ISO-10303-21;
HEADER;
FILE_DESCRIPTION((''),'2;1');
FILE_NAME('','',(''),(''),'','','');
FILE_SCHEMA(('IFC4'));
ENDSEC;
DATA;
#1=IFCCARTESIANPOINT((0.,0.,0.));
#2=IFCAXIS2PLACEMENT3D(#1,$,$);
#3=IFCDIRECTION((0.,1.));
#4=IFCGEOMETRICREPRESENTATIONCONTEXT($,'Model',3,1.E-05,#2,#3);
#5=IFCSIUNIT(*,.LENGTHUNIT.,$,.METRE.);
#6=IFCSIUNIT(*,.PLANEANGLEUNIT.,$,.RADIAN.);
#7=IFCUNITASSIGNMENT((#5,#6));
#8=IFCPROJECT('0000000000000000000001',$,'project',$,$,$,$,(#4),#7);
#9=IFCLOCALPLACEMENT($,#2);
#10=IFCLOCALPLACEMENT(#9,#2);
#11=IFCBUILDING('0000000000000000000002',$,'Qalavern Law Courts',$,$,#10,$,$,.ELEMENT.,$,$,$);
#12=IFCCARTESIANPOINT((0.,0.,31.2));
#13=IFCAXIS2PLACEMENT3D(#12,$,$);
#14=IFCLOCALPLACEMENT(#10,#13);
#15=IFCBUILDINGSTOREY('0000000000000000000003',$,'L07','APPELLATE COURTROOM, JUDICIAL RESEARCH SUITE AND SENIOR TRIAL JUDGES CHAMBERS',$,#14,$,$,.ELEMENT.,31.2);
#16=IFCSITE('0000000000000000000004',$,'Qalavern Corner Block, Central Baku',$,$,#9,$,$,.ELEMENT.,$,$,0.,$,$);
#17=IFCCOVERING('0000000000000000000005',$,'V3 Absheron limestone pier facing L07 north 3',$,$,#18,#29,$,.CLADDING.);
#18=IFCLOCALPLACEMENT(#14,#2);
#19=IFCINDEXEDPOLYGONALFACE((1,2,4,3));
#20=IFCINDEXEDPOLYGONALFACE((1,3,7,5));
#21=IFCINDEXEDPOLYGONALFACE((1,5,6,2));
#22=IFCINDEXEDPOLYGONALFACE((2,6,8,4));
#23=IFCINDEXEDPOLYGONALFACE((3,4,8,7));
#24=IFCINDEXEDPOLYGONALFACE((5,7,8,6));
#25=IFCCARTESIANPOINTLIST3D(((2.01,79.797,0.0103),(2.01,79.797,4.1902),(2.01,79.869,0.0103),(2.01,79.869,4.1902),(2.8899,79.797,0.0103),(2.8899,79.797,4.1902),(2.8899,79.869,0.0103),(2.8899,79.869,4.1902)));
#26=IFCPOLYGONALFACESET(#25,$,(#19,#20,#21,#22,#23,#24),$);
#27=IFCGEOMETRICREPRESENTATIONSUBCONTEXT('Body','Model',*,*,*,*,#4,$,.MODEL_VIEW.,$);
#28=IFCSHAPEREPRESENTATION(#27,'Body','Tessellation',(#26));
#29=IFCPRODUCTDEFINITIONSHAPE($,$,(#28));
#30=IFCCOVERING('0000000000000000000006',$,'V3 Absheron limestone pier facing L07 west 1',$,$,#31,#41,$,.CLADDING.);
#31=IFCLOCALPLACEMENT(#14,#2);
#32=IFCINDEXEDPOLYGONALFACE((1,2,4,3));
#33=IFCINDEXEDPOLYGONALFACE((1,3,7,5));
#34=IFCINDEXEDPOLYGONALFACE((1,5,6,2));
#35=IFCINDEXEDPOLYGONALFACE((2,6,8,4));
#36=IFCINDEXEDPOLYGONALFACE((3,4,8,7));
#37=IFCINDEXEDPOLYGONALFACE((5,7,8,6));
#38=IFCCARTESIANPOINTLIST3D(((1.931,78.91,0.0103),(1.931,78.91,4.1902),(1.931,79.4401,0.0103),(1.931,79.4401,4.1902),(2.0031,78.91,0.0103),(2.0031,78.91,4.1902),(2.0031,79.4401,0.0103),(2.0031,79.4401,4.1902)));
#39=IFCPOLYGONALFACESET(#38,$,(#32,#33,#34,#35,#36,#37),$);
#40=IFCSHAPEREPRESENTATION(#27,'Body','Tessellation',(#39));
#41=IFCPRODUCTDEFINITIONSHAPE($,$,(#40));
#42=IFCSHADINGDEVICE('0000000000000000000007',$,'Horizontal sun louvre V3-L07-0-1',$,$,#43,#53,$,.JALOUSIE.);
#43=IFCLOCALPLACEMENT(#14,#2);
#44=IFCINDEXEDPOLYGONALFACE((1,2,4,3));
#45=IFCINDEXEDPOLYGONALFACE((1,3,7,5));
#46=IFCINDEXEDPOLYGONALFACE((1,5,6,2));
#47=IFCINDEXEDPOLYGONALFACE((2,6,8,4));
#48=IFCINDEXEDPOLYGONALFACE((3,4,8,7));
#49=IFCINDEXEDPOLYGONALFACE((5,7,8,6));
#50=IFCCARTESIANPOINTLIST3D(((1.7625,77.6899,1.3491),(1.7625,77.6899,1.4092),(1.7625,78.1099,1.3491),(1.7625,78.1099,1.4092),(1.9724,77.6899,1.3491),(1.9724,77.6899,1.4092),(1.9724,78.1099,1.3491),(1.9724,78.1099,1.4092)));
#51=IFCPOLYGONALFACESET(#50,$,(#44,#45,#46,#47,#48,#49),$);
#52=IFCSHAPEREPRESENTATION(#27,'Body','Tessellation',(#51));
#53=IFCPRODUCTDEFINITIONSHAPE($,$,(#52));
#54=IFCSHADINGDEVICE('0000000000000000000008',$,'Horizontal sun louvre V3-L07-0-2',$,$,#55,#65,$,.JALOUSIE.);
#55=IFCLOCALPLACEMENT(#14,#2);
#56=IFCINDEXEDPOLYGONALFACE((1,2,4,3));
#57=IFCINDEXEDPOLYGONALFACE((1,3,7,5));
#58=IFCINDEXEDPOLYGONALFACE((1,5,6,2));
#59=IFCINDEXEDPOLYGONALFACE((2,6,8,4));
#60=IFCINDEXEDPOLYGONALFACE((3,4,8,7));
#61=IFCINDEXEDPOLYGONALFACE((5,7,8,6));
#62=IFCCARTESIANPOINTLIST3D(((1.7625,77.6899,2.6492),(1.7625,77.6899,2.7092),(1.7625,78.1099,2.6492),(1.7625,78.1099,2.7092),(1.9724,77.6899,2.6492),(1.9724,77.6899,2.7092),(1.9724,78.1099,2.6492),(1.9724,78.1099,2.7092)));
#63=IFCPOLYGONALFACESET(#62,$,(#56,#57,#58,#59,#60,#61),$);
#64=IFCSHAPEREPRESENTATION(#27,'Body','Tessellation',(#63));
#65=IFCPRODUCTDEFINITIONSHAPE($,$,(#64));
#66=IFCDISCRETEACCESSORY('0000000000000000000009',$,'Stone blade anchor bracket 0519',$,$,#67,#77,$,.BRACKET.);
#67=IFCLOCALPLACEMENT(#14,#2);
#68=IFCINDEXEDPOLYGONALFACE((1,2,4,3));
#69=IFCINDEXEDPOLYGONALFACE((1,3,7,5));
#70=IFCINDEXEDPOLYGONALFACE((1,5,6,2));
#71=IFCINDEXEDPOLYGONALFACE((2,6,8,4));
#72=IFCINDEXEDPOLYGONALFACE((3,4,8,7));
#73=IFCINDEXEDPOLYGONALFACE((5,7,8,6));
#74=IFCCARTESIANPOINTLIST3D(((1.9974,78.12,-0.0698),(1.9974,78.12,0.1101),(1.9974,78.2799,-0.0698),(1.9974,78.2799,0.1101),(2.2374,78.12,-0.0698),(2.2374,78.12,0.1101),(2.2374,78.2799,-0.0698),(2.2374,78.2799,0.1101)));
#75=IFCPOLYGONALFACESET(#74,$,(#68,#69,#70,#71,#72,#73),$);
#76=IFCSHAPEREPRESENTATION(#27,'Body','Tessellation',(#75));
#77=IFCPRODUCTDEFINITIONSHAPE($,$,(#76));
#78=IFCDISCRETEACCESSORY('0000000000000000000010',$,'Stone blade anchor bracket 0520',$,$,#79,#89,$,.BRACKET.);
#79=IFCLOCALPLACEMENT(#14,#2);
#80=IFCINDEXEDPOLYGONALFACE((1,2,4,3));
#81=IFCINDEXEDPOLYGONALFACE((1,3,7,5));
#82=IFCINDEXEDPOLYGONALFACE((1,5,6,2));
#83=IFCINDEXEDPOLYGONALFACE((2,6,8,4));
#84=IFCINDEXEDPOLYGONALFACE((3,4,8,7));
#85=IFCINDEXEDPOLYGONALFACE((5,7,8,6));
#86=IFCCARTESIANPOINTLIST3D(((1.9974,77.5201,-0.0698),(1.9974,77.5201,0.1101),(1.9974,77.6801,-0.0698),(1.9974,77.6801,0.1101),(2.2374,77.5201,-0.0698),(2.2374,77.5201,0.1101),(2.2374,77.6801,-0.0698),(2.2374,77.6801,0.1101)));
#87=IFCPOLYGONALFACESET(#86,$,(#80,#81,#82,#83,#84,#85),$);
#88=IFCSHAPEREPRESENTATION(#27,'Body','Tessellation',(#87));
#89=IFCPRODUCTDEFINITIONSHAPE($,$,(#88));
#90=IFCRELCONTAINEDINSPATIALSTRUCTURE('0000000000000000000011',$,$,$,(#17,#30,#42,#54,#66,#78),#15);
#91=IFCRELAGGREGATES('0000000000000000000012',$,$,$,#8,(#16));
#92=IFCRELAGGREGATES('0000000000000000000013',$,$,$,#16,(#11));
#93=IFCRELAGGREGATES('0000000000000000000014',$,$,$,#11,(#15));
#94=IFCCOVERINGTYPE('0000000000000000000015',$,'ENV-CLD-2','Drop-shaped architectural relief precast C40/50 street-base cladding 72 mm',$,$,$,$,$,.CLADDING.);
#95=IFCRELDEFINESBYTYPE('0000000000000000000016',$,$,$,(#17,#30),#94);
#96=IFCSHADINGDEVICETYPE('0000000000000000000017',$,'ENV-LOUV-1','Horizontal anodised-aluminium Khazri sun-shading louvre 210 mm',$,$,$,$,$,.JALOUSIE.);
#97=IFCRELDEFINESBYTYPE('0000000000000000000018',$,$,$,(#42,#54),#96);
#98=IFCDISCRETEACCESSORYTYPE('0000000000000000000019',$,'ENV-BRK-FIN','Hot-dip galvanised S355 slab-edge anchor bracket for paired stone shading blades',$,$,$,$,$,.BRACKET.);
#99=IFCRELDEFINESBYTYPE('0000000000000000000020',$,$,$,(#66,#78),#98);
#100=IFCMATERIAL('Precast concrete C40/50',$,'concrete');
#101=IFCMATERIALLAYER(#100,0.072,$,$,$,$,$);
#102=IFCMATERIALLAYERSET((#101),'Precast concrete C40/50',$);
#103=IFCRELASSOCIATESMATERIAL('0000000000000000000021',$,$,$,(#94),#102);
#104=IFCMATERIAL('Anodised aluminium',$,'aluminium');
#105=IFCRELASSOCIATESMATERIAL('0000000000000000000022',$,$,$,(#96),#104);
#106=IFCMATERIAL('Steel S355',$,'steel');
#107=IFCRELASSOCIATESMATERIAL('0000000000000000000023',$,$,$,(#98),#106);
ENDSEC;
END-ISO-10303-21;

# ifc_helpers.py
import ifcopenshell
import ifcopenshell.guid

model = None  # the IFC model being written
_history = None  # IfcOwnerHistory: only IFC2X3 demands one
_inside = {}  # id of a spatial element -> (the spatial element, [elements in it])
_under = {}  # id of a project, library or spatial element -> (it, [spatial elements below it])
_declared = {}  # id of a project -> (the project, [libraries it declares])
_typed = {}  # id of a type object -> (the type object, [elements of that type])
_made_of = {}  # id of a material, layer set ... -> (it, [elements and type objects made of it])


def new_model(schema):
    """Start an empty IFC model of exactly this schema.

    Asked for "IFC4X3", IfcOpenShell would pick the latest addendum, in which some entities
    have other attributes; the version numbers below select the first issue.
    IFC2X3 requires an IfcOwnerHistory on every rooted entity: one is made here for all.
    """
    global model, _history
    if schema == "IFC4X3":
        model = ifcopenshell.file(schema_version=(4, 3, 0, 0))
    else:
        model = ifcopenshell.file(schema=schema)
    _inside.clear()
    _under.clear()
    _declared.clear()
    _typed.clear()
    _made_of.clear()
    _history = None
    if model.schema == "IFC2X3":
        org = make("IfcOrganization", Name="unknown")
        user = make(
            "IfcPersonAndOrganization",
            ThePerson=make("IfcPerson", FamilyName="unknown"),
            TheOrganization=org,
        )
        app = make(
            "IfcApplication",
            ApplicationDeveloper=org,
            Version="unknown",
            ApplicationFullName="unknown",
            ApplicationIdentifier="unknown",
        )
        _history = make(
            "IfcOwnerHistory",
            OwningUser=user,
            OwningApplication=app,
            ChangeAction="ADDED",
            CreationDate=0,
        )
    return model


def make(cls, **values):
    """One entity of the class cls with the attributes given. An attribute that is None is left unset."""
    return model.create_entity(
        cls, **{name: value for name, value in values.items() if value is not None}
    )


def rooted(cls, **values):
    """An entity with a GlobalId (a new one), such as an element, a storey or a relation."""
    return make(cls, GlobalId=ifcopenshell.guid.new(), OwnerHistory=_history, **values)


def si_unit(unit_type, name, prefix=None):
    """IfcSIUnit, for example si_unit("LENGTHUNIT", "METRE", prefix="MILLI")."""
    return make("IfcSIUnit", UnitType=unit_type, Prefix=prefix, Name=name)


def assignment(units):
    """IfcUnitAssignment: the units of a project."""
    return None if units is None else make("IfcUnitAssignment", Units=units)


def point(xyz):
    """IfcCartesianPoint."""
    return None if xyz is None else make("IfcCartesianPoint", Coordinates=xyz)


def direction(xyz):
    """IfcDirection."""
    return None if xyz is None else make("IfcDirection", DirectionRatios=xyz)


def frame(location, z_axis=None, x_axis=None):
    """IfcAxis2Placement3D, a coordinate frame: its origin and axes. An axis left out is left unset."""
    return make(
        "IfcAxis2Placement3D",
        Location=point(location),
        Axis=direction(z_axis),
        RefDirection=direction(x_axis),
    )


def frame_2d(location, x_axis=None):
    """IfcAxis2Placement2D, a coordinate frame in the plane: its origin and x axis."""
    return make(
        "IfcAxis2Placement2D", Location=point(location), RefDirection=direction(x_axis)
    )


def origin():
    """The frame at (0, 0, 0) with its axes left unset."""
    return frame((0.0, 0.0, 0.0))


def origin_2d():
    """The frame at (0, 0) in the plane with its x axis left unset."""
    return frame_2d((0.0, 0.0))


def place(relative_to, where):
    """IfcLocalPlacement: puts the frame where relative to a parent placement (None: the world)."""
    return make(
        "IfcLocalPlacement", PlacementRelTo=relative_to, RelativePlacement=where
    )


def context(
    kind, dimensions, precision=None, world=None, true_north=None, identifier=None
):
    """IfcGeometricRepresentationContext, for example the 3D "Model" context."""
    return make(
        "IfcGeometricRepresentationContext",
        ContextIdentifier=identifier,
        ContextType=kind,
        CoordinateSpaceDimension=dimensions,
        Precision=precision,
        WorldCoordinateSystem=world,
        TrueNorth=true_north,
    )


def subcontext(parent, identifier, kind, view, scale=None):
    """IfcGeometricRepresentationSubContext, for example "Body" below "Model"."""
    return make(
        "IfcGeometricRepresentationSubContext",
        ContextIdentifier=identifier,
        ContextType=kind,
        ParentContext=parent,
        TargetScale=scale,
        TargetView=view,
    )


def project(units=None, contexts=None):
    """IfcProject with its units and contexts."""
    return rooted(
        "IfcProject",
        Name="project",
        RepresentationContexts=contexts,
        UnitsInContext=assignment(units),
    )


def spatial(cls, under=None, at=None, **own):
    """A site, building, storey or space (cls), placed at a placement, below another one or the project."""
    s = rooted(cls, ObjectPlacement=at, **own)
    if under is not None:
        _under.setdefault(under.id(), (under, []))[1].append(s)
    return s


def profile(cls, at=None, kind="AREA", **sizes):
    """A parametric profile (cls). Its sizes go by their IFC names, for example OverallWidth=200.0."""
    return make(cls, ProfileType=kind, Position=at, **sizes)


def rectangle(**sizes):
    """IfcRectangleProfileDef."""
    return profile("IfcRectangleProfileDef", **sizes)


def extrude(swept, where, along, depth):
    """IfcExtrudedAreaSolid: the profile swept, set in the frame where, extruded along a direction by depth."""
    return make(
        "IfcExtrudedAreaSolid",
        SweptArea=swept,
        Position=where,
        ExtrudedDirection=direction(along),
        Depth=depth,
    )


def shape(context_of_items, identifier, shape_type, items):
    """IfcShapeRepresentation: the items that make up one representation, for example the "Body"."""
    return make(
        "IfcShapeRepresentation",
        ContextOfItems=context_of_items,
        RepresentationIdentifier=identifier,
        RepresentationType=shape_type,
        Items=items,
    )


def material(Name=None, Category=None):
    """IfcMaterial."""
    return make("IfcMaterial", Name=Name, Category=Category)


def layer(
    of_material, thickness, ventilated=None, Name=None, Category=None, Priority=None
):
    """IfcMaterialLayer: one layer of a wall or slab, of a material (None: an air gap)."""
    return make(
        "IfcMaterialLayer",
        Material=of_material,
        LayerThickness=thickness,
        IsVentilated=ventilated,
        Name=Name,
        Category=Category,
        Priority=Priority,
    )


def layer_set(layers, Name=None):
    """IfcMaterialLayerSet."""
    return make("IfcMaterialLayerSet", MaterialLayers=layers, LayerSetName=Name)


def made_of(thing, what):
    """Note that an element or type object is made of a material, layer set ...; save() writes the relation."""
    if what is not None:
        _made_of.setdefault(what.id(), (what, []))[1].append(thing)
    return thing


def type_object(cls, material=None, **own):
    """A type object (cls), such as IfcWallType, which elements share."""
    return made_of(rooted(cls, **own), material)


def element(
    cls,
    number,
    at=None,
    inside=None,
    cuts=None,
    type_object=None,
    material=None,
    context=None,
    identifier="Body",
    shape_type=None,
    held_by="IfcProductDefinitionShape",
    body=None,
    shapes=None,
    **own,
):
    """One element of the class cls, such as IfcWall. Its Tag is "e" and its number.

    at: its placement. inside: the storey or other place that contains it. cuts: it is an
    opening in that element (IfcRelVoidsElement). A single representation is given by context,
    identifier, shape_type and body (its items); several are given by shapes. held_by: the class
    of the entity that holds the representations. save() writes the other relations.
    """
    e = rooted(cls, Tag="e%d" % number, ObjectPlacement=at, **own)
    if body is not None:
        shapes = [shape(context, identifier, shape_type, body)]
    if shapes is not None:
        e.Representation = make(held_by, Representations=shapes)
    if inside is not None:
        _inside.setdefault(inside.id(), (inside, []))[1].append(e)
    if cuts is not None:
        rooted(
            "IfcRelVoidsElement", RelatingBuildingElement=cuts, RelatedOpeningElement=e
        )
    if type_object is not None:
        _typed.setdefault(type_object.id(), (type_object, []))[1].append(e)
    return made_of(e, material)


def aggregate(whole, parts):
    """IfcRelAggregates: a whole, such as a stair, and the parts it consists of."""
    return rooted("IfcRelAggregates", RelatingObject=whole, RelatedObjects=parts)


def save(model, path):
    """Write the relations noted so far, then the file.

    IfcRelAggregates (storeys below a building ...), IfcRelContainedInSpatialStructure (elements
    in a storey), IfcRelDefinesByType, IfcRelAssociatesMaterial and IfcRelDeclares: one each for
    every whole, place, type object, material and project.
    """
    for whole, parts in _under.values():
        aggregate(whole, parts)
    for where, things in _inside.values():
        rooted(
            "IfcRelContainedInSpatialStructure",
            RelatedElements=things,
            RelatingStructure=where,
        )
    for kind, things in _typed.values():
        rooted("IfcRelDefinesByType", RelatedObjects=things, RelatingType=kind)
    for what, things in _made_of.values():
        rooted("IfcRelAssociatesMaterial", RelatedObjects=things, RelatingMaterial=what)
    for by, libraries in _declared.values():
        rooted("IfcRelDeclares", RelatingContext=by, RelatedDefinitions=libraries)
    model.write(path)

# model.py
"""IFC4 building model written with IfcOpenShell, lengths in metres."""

from ifc_helpers import new_model, si_unit, direction, frame, origin, origin_2d, place, context, subcontext, project, spatial, rectangle, extrude, material, layer, layer_set, type_object, element, save


model = new_model("IFC4")

# Units and contexts
model_context = context("Model", 3, precision=1e-05, world=origin(), true_north=direction((0.0, 1.0)))
body_context = subcontext(model_context, "Body", "Model", "MODEL_VIEW")
ifc_project = project(units=[si_unit("LENGTHUNIT", "METRE"), si_unit("PLANEANGLEUNIT", "RADIAN")], contexts=[model_context])

# Site, building, storey
site_placement = place(None, origin())
site = spatial("IfcSite", under=ifc_project, at=site_placement, Name="Qalavern Corner Block, Central Baku", CompositionType="ELEMENT", RefElevation=0.0)
building_placement = place(site_placement, origin())
building = spatial("IfcBuilding", under=site, at=building_placement, Name="Qalavern Law Courts", CompositionType="ELEMENT")
storey_placement = place(building_placement, frame((0.0, 0.0, 31.2)))
storey = spatial("IfcBuildingStorey", under=building, at=storey_placement, Name="L07", Description="APPELLATE COURTROOM, JUDICIAL RESEARCH SUITE AND SENIOR TRIAL JUDGES CHAMBERS", CompositionType="ELEMENT", Elevation=31.2)

# Shared definitions
ifc_material_1 = material(Name="Anodised aluminium", Category="aluminium")

# Shared definitions
ifc_material_2 = material(Name="Steel S355", Category="steel")

# Coverings
ifc_material_3 = material(Name="Precast concrete C40/50", Category="concrete")
ifc_layer_1 = layer(ifc_material_3, 0.072)
ifc_layer_set_1 = layer_set([ifc_layer_1], Name="Precast concrete C40/50")
covering_type_1 = type_object("IfcCoveringType", Name="ENV-CLD-2", Description="Drop-shaped architectural relief precast C40/50 street-base cladding 72 mm", PredefinedType="CLADDING", material=ifc_layer_set_1)
covering_1_placement = place(storey_placement, frame((2.45, 79.833, 0.0103), z_axis=(0.0, 0.0, 1.0), x_axis=(-1.0, 0.0, 0.0)))
element("IfcCovering", 1, at=covering_1_placement, inside=storey, type_object=covering_type_1, Name="V3 Absheron limestone pier facing L07 north 3", PredefinedType="CLADDING", context=body_context, shape_type="SweptSolid", body=[
    extrude(rectangle(XDim=0.8799, YDim=0.072, at=origin_2d()), origin(), (0.0, 0.0, 1.0), 4.1799),
])
covering_2_placement = place(storey_placement, frame((1.967, 79.175, 0.0103), z_axis=(0.0, 0.0, 1.0), x_axis=(0.0, -1.0, 0.0)))
element("IfcCovering", 2, at=covering_2_placement, inside=storey, type_object=covering_type_1, Name="V3 Absheron limestone pier facing L07 west 1", PredefinedType="CLADDING", context=body_context, shape_type="SweptSolid", body=[
    extrude(rectangle(XDim=0.53, YDim=0.072, at=origin_2d()), origin(), (0.0, 0.0, 1.0), 4.1799),
])

# Shading devices
shading_device_type = type_object("IfcShadingDeviceType", Name="ENV-LOUV-1", Description="Horizontal anodised-aluminium Khazri sun-shading louvre 210 mm", PredefinedType="JALOUSIE", material=ifc_material_1)
for number, where, z_axis, x_axis, name in (
    (3, (1.8674, 77.8999, 1.3491), (0.0, 0.0, 1.0), (0.0, -1.0, 0.0), "Horizontal sun louvre V3-L07-0-1"),
    (4, (1.8674, 77.8999, 2.6492), (0.0, 0.0, 1.0), (0.0, -1.0, 0.0), "Horizontal sun louvre V3-L07-0-2"),
):
    element("IfcShadingDevice", number, at=place(storey_placement, frame(where, z_axis=z_axis, x_axis=x_axis)), inside=storey, type_object=shading_device_type, Name=name, PredefinedType="JALOUSIE", context=body_context, shape_type="SweptSolid", body=[
        extrude(rectangle(XDim=0.4199, YDim=0.21, at=origin_2d()), origin(), (0.0, 0.0, 1.0), 0.0601),
    ])

# Discrete accessories
discrete_accessory_type = type_object("IfcDiscreteAccessoryType", Name="ENV-BRK-FIN", Description="Hot-dip galvanised S355 slab-edge anchor bracket for paired stone shading blades", PredefinedType="BRACKET", material=ifc_material_2)
for number, where, z_axis, x_axis, name in (
    (5, (2.1174, 78.2, -0.0698), (0.0, 0.0, 1.0), (-1.0, 0.0, 0.0), "Stone blade anchor bracket 0519"),
    (6, (2.1174, 77.6001, -0.0698), (0.0, 0.0, 1.0), (-1.0, 0.0, 0.0), "Stone blade anchor bracket 0520"),
):
    element("IfcDiscreteAccessory", number, at=place(storey_placement, frame(where, z_axis=z_axis, x_axis=x_axis)), inside=storey, type_object=discrete_accessory_type, Name=name, PredefinedType="BRACKET", context=body_context, shape_type="SweptSolid", body=[
        extrude(rectangle(XDim=0.24, YDim=0.1599, at=origin_2d()), origin(), (0.0, 0.0, 1.0), 0.1799),
    ])

save(model, "model.ifc")
